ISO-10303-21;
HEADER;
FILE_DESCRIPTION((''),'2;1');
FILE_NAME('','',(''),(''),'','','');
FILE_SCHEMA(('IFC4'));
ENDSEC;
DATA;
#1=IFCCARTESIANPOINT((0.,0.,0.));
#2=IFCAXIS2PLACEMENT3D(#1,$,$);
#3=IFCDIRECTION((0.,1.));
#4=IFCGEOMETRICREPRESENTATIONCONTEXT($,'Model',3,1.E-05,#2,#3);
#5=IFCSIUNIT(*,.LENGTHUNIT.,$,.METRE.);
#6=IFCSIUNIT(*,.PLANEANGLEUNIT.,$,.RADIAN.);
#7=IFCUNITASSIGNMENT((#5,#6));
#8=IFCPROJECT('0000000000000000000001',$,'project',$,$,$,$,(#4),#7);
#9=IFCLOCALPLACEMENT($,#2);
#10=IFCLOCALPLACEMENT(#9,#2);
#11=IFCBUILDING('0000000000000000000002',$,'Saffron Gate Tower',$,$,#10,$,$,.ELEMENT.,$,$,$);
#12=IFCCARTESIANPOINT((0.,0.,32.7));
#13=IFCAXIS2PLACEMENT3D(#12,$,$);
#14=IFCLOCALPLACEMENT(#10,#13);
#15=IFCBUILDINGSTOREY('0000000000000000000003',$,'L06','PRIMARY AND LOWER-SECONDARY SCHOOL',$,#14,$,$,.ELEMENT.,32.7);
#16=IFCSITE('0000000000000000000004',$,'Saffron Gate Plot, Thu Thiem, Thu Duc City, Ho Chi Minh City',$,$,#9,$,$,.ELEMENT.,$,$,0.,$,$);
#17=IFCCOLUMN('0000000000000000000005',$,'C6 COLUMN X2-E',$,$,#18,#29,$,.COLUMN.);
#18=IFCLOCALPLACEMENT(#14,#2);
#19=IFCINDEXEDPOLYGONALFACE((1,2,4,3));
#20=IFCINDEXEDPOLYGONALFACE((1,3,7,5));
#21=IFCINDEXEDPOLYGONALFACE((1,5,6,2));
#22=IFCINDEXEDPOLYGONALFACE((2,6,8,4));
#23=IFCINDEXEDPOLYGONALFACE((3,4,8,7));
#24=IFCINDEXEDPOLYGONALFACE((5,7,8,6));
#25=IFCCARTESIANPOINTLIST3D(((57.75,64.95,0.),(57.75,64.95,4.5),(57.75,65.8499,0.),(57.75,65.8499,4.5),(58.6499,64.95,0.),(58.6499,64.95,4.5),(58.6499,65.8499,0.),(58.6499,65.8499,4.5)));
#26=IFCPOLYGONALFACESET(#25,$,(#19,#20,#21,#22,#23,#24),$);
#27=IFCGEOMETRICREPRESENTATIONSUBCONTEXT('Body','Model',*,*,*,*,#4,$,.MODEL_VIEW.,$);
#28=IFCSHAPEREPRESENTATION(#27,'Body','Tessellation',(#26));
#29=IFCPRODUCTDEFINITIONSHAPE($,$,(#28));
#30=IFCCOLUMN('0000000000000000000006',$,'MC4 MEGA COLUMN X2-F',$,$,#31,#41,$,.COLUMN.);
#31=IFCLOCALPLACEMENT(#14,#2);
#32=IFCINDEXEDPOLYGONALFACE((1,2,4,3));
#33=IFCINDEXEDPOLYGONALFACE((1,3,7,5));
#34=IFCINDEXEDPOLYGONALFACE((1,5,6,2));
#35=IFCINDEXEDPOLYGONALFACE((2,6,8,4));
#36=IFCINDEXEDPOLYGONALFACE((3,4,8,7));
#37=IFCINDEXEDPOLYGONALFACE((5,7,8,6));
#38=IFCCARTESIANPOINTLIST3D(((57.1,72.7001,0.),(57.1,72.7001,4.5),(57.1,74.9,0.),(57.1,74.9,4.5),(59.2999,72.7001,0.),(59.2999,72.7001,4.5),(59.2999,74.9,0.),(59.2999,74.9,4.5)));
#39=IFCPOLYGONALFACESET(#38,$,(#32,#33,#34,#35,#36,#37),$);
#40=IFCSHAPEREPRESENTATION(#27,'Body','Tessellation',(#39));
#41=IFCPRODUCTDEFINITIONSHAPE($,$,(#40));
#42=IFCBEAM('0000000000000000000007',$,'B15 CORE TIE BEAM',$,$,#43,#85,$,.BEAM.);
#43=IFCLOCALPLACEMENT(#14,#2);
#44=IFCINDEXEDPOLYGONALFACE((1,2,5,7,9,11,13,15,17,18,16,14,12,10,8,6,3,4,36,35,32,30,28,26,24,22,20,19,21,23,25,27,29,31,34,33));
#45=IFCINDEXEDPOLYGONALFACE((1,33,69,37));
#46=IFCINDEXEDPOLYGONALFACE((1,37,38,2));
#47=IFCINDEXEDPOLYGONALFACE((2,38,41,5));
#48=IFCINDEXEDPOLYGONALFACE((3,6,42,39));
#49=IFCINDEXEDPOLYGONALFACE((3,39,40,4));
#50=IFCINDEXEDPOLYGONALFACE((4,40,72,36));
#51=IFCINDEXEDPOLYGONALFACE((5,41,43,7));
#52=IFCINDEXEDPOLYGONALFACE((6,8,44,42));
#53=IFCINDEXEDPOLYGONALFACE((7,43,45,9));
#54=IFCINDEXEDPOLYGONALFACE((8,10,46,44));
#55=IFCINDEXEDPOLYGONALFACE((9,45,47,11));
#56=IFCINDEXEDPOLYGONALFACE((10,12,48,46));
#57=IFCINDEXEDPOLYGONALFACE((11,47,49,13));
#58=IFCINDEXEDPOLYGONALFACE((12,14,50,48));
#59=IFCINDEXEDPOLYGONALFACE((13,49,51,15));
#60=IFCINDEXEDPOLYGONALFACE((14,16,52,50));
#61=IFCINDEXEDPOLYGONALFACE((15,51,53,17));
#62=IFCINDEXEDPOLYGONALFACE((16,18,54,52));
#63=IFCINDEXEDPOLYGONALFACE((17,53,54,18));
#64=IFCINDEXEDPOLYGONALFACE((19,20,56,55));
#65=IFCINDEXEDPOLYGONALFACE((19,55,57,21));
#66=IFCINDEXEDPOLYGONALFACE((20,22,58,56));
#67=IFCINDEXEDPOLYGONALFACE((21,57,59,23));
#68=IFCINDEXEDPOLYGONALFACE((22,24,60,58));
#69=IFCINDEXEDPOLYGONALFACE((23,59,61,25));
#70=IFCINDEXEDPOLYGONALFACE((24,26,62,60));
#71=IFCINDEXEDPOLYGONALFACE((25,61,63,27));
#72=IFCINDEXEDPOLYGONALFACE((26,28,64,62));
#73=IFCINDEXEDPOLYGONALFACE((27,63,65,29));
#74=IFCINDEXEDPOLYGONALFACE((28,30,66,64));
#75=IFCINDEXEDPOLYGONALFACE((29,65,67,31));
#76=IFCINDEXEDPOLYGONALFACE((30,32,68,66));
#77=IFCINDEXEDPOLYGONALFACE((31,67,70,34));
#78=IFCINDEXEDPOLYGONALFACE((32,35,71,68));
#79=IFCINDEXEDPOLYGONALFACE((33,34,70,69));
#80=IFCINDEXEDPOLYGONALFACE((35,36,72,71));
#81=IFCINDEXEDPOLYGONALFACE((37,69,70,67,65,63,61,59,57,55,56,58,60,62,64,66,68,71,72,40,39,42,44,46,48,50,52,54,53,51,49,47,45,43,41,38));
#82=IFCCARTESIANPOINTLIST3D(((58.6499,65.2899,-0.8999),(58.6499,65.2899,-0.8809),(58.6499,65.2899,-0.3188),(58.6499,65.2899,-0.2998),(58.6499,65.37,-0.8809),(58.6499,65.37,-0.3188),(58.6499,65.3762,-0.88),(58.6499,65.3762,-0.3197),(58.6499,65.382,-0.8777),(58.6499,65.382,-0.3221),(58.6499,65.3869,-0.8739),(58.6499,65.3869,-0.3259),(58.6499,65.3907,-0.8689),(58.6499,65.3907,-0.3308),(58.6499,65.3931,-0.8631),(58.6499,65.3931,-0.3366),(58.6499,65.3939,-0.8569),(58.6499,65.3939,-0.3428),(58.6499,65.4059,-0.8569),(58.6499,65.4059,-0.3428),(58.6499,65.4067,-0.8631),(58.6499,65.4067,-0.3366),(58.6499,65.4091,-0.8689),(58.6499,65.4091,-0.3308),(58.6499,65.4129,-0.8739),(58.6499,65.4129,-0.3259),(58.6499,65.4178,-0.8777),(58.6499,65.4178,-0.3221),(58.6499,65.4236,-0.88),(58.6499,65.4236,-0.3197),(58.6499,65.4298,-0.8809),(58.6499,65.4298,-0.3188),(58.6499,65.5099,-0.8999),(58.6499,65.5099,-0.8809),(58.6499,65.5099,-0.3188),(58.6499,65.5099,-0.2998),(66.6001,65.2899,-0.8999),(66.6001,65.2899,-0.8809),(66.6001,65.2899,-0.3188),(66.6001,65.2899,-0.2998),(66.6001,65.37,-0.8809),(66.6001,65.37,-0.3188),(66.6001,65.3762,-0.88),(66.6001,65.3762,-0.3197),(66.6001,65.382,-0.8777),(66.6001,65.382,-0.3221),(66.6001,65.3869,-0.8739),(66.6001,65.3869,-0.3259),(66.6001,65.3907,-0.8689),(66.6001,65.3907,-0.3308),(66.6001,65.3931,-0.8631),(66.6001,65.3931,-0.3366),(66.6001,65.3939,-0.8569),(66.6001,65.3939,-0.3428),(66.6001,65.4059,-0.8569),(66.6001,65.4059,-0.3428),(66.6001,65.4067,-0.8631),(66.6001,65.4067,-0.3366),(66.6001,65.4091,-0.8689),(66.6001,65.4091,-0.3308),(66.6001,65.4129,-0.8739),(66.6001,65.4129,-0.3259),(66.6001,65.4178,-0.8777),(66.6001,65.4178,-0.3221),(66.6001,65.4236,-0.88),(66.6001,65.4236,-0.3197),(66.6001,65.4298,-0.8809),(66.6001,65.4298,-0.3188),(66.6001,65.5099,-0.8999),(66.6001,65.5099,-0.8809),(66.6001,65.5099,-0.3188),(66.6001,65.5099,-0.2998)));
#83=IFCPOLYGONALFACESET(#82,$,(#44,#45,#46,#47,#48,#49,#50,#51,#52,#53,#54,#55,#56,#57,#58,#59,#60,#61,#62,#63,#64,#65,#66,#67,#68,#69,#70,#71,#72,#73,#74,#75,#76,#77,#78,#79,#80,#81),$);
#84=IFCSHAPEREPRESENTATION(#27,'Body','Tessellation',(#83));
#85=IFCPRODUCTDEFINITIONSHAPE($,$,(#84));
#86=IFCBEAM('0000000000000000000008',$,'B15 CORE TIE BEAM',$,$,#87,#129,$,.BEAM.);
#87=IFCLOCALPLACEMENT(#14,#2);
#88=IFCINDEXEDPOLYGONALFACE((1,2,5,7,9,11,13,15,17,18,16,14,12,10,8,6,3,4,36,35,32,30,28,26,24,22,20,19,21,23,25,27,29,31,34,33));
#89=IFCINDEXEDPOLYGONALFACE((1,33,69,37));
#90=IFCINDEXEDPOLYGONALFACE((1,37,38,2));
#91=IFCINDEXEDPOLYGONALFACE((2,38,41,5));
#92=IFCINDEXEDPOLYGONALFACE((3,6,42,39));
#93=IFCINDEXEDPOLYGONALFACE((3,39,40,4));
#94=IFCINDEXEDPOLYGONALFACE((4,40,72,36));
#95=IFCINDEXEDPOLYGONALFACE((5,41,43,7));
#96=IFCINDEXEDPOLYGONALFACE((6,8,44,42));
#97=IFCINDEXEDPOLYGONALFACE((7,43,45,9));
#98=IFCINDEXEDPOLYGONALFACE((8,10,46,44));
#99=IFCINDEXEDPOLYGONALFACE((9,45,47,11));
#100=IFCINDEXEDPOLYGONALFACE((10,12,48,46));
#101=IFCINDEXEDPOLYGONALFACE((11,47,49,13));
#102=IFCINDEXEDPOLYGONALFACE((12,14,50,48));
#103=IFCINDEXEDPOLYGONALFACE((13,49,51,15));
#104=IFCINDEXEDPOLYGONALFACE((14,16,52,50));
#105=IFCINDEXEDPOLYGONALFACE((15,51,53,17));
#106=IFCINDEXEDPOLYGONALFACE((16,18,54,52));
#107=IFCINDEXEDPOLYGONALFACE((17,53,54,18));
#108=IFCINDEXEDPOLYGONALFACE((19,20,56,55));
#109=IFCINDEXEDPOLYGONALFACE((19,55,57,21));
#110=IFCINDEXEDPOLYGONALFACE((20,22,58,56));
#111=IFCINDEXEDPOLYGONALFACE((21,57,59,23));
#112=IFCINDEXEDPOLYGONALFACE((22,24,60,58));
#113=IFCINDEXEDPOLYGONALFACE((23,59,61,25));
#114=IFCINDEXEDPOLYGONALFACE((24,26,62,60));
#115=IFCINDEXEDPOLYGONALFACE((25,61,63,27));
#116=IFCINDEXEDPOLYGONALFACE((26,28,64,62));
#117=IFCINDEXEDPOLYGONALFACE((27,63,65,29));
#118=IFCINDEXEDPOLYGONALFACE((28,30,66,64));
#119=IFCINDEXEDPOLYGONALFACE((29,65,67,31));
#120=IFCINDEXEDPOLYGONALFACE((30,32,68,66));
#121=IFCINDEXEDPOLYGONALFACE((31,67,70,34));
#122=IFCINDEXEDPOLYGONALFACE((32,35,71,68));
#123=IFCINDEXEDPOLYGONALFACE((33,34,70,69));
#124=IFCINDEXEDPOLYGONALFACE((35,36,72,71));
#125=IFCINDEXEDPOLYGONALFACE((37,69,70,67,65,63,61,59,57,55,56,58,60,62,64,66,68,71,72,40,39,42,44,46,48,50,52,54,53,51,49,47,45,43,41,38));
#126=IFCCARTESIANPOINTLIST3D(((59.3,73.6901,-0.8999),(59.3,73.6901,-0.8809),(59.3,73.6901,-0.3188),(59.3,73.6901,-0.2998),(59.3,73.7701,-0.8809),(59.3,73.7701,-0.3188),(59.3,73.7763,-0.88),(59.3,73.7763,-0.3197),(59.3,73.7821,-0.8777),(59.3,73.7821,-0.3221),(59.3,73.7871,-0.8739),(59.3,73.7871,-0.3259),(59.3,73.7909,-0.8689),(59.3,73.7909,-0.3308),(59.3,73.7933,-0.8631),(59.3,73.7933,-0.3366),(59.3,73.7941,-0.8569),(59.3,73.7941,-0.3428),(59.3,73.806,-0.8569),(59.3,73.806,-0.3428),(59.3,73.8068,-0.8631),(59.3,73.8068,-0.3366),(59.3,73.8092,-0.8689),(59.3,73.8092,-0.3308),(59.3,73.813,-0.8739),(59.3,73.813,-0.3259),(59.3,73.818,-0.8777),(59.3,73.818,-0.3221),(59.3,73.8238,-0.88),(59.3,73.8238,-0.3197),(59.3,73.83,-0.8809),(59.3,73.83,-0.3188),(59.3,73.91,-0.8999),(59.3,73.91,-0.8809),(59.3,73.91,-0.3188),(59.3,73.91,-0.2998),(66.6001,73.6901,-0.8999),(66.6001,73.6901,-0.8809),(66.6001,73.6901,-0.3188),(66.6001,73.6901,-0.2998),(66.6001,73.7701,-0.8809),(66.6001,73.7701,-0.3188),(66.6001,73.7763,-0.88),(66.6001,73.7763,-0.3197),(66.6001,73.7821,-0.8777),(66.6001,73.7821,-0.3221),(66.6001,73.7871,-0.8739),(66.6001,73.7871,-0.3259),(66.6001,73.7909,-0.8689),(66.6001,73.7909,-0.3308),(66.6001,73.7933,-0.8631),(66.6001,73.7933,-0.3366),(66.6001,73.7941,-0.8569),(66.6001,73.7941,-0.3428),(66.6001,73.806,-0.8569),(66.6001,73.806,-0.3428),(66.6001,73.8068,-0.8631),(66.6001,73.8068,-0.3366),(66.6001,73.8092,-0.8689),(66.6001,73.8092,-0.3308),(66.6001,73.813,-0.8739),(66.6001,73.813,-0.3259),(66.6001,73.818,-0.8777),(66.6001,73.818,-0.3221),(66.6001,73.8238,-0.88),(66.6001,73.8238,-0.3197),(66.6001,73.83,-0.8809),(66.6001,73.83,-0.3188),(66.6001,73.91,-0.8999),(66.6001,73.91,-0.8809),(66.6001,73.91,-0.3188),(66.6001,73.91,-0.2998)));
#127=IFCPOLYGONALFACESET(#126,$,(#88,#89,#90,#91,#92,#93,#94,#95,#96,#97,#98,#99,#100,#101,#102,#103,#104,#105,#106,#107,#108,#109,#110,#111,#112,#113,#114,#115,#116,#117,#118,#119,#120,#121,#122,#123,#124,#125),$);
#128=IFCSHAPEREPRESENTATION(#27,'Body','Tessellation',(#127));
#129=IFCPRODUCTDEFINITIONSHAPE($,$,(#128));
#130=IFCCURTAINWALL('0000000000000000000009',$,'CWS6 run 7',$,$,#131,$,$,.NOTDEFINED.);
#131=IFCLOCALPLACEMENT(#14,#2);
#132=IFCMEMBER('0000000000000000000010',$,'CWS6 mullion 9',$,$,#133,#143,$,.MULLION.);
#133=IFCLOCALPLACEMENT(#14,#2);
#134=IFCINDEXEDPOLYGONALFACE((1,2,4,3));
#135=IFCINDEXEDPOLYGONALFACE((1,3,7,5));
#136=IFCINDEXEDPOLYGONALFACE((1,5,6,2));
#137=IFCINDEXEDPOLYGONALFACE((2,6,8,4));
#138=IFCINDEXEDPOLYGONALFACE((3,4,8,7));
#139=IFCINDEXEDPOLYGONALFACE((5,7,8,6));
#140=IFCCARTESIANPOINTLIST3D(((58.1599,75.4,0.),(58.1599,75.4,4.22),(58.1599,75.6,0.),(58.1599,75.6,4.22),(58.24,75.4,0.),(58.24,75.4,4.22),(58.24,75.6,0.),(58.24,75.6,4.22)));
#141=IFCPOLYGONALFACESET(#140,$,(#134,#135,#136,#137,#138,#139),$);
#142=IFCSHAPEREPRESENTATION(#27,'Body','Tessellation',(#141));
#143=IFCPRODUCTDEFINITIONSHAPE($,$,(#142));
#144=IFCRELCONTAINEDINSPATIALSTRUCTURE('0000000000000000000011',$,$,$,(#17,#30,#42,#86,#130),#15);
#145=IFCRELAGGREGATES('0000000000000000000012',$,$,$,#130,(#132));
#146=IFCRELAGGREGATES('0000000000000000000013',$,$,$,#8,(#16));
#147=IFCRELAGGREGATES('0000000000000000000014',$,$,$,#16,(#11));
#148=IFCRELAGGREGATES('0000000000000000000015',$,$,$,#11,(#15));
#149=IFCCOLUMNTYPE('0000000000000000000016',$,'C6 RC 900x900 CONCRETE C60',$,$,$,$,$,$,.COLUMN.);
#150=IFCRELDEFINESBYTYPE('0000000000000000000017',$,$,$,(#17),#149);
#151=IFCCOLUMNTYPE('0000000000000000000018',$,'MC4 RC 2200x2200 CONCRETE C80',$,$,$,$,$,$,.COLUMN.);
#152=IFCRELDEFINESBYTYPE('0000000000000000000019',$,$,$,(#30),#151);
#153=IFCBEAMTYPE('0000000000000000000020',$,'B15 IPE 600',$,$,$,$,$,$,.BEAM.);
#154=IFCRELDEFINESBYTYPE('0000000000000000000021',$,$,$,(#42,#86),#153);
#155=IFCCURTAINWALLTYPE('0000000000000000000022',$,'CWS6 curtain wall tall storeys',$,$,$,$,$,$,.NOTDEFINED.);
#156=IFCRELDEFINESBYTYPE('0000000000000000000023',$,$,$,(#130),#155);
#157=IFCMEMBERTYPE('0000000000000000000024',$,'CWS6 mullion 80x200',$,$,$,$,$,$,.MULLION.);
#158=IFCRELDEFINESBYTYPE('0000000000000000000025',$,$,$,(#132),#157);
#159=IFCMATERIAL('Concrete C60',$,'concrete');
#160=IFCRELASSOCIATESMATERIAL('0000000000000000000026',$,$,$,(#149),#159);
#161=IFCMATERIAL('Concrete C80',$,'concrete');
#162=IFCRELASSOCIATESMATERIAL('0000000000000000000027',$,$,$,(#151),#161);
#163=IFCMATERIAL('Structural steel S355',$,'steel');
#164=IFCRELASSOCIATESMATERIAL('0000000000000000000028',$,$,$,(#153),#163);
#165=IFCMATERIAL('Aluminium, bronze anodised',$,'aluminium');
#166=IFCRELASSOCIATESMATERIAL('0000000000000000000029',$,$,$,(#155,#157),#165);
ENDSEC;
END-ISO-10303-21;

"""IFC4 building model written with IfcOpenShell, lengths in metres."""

from ifc_helpers import new_model, si_unit, direction, frame, origin, origin_2d, place, context, subcontext, project, spatial, rectangle, i_section, extrude, material, material_profile, profile_set, type_object, element, aggregate, save


model = new_model("IFC4")

# Units and contexts
model_context = context("Model", 3, precision=1e-05, world=origin(), true_north=direction((0.0, 1.0)))
body_context = subcontext(model_context, "Body", "Model", "MODEL_VIEW")
ifc_project = project(units=[si_unit("LENGTHUNIT", "METRE"), si_unit("PLANEANGLEUNIT", "RADIAN")], contexts=[model_context])

# Site, building, storey
site_placement = place(None, origin())
site = spatial("IfcSite", under=ifc_project, at=site_placement, Name="Saffron Gate Plot, Thu Thiem, Thu Duc City, Ho Chi Minh City", CompositionType="ELEMENT", RefElevation=0.0)
building_placement = place(site_placement, origin())
building = spatial("IfcBuilding", under=site, at=building_placement, Name="Saffron Gate Tower", CompositionType="ELEMENT")
storey_placement = place(building_placement, frame((0.0, 0.0, 32.7)))
storey = spatial("IfcBuildingStorey", under=building, at=storey_placement, Name="L06", Description="PRIMARY AND LOWER-SECONDARY SCHOOL", CompositionType="ELEMENT", Elevation=32.7)

# Columns
ifc_material_1 = material(Name="Concrete C60", Category="concrete")
ifc_material_profile_1 = material_profile(ifc_material_1, rectangle(XDim=0.8999, YDim=0.8999, at=origin_2d()))
ifc_profile_set_1 = profile_set([ifc_material_profile_1], Name="Concrete C60")
column_type_1 = type_object("IfcColumnType", Name="C6 RC 900x900 CONCRETE C60", PredefinedType="COLUMN", material=ifc_profile_set_1)
column_1_placement = place(storey_placement, frame((58.2, 65.3999, 0.0), z_axis=(0.0, 0.0, 1.0), x_axis=(1.0, 0.0, 0.0)))
element("IfcColumn", 1, at=column_1_placement, inside=storey, type_object=column_type_1, Name="C6 COLUMN X2-E", PredefinedType="COLUMN", context=body_context, shape_type="SweptSolid", body=[
    extrude(rectangle(XDim=0.8999, YDim=0.8999, at=origin_2d()), origin(), (0.0, 0.0, 1.0), 4.5),
])
ifc_material_2 = material(Name="Concrete C80", Category="concrete")
ifc_material_profile_2 = material_profile(ifc_material_2, rectangle(XDim=2.2, YDim=2.2, at=origin_2d()))
ifc_profile_set_2 = profile_set([ifc_material_profile_2], Name="Concrete C80")
column_type_2 = type_object("IfcColumnType", Name="MC4 RC 2200x2200 CONCRETE C80", PredefinedType="COLUMN", material=ifc_profile_set_2)
column_2_placement = place(storey_placement, frame((58.2, 73.8, 0.0), z_axis=(0.0, 0.0, 1.0), x_axis=(1.0, 0.0, 0.0)))
element("IfcColumn", 2, at=column_2_placement, inside=storey, type_object=column_type_2, Name="MC4 MEGA COLUMN X2-F", PredefinedType="COLUMN", context=body_context, shape_type="SweptSolid", body=[
    extrude(rectangle(XDim=2.2, YDim=2.2, at=origin_2d()), origin(), (0.0, 0.0, 1.0), 4.5),
])

# Beams
ifc_material_3 = material(Name="Structural steel S355", Category="steel")
ifc_material_profile_3 = material_profile(ifc_material_3, i_section(OverallWidth=0.22, OverallDepth=0.6001, WebThickness=0.012, FlangeThickness=0.019, FilletRadius=0.0239, at=origin_2d()))
ifc_profile_set_3 = profile_set([ifc_material_profile_3], Name="Structural steel S355")
beam_type = type_object("IfcBeamType", Name="B15 IPE 600", PredefinedType="BEAM", material=ifc_profile_set_3)
beam_1_placement = place(storey_placement, frame((58.6499, 65.3999, -0.5999), z_axis=(1.0, 0.0, 0.0), x_axis=(0.0, 1.0, 0.0)))
element("IfcBeam", 3, at=beam_1_placement, inside=storey, type_object=beam_type, Name="B15 CORE TIE BEAM", PredefinedType="BEAM", context=body_context, shape_type="SweptSolid", body=[
    extrude(i_section(OverallWidth=0.22, OverallDepth=0.6001, WebThickness=0.012, FlangeThickness=0.019, FilletRadius=0.0239, at=origin_2d()), origin(), (0.0, 0.0, 1.0), 7.9502),
])
beam_2_placement = place(storey_placement, frame((59.3, 73.8, -0.5999), z_axis=(1.0, 0.0, 0.0), x_axis=(0.0, 1.0, 0.0)))
element("IfcBeam", 4, at=beam_2_placement, inside=storey, type_object=beam_type, Name="B15 CORE TIE BEAM", PredefinedType="BEAM", context=body_context, shape_type="SweptSolid", body=[
    extrude(i_section(OverallWidth=0.22, OverallDepth=0.6001, WebThickness=0.012, FlangeThickness=0.019, FilletRadius=0.0239, at=origin_2d()), origin(), (0.0, 0.0, 1.0), 7.3),
])

# Curtain wall, member
ifc_material_4 = material(Name="Aluminium, bronze anodised", Category="aluminium")
curtain_wall_type = type_object("IfcCurtainWallType", Name="CWS6 curtain wall tall storeys", PredefinedType="NOTDEFINED", material=ifc_material_4)
curtain_wall_placement = place(storey_placement, origin())
curtain_wall = element("IfcCurtainWall", 5, at=curtain_wall_placement, inside=storey, type_object=curtain_wall_type, Name="CWS6 run 7", PredefinedType="NOTDEFINED")
ifc_material_profile_4 = material_profile(ifc_material_4, rectangle(XDim=0.2, YDim=0.0801, at=origin_2d()))
ifc_profile_set_4 = profile_set([ifc_material_profile_4], Name="Aluminium, bronze anodised")
member_type = type_object("IfcMemberType", Name="CWS6 mullion 80x200", PredefinedType="MULLION", material=ifc_profile_set_4)
member_placement = place(storey_placement, frame((58.2, 75.5, 0.0), z_axis=(0.0, 0.0, 1.0), x_axis=(0.0, -1.0, 0.0)))
member = element("IfcMember", 6, at=member_placement, type_object=member_type, Name="CWS6 mullion 9", PredefinedType="MULLION", context=body_context, shape_type="SweptSolid", body=[
    extrude(rectangle(XDim=0.2, YDim=0.0801, at=origin_2d()), origin(), (0.0, 0.0, 1.0), 4.22),
])
aggregate(curtain_wall, [member])

save(model, "model.ifc")
